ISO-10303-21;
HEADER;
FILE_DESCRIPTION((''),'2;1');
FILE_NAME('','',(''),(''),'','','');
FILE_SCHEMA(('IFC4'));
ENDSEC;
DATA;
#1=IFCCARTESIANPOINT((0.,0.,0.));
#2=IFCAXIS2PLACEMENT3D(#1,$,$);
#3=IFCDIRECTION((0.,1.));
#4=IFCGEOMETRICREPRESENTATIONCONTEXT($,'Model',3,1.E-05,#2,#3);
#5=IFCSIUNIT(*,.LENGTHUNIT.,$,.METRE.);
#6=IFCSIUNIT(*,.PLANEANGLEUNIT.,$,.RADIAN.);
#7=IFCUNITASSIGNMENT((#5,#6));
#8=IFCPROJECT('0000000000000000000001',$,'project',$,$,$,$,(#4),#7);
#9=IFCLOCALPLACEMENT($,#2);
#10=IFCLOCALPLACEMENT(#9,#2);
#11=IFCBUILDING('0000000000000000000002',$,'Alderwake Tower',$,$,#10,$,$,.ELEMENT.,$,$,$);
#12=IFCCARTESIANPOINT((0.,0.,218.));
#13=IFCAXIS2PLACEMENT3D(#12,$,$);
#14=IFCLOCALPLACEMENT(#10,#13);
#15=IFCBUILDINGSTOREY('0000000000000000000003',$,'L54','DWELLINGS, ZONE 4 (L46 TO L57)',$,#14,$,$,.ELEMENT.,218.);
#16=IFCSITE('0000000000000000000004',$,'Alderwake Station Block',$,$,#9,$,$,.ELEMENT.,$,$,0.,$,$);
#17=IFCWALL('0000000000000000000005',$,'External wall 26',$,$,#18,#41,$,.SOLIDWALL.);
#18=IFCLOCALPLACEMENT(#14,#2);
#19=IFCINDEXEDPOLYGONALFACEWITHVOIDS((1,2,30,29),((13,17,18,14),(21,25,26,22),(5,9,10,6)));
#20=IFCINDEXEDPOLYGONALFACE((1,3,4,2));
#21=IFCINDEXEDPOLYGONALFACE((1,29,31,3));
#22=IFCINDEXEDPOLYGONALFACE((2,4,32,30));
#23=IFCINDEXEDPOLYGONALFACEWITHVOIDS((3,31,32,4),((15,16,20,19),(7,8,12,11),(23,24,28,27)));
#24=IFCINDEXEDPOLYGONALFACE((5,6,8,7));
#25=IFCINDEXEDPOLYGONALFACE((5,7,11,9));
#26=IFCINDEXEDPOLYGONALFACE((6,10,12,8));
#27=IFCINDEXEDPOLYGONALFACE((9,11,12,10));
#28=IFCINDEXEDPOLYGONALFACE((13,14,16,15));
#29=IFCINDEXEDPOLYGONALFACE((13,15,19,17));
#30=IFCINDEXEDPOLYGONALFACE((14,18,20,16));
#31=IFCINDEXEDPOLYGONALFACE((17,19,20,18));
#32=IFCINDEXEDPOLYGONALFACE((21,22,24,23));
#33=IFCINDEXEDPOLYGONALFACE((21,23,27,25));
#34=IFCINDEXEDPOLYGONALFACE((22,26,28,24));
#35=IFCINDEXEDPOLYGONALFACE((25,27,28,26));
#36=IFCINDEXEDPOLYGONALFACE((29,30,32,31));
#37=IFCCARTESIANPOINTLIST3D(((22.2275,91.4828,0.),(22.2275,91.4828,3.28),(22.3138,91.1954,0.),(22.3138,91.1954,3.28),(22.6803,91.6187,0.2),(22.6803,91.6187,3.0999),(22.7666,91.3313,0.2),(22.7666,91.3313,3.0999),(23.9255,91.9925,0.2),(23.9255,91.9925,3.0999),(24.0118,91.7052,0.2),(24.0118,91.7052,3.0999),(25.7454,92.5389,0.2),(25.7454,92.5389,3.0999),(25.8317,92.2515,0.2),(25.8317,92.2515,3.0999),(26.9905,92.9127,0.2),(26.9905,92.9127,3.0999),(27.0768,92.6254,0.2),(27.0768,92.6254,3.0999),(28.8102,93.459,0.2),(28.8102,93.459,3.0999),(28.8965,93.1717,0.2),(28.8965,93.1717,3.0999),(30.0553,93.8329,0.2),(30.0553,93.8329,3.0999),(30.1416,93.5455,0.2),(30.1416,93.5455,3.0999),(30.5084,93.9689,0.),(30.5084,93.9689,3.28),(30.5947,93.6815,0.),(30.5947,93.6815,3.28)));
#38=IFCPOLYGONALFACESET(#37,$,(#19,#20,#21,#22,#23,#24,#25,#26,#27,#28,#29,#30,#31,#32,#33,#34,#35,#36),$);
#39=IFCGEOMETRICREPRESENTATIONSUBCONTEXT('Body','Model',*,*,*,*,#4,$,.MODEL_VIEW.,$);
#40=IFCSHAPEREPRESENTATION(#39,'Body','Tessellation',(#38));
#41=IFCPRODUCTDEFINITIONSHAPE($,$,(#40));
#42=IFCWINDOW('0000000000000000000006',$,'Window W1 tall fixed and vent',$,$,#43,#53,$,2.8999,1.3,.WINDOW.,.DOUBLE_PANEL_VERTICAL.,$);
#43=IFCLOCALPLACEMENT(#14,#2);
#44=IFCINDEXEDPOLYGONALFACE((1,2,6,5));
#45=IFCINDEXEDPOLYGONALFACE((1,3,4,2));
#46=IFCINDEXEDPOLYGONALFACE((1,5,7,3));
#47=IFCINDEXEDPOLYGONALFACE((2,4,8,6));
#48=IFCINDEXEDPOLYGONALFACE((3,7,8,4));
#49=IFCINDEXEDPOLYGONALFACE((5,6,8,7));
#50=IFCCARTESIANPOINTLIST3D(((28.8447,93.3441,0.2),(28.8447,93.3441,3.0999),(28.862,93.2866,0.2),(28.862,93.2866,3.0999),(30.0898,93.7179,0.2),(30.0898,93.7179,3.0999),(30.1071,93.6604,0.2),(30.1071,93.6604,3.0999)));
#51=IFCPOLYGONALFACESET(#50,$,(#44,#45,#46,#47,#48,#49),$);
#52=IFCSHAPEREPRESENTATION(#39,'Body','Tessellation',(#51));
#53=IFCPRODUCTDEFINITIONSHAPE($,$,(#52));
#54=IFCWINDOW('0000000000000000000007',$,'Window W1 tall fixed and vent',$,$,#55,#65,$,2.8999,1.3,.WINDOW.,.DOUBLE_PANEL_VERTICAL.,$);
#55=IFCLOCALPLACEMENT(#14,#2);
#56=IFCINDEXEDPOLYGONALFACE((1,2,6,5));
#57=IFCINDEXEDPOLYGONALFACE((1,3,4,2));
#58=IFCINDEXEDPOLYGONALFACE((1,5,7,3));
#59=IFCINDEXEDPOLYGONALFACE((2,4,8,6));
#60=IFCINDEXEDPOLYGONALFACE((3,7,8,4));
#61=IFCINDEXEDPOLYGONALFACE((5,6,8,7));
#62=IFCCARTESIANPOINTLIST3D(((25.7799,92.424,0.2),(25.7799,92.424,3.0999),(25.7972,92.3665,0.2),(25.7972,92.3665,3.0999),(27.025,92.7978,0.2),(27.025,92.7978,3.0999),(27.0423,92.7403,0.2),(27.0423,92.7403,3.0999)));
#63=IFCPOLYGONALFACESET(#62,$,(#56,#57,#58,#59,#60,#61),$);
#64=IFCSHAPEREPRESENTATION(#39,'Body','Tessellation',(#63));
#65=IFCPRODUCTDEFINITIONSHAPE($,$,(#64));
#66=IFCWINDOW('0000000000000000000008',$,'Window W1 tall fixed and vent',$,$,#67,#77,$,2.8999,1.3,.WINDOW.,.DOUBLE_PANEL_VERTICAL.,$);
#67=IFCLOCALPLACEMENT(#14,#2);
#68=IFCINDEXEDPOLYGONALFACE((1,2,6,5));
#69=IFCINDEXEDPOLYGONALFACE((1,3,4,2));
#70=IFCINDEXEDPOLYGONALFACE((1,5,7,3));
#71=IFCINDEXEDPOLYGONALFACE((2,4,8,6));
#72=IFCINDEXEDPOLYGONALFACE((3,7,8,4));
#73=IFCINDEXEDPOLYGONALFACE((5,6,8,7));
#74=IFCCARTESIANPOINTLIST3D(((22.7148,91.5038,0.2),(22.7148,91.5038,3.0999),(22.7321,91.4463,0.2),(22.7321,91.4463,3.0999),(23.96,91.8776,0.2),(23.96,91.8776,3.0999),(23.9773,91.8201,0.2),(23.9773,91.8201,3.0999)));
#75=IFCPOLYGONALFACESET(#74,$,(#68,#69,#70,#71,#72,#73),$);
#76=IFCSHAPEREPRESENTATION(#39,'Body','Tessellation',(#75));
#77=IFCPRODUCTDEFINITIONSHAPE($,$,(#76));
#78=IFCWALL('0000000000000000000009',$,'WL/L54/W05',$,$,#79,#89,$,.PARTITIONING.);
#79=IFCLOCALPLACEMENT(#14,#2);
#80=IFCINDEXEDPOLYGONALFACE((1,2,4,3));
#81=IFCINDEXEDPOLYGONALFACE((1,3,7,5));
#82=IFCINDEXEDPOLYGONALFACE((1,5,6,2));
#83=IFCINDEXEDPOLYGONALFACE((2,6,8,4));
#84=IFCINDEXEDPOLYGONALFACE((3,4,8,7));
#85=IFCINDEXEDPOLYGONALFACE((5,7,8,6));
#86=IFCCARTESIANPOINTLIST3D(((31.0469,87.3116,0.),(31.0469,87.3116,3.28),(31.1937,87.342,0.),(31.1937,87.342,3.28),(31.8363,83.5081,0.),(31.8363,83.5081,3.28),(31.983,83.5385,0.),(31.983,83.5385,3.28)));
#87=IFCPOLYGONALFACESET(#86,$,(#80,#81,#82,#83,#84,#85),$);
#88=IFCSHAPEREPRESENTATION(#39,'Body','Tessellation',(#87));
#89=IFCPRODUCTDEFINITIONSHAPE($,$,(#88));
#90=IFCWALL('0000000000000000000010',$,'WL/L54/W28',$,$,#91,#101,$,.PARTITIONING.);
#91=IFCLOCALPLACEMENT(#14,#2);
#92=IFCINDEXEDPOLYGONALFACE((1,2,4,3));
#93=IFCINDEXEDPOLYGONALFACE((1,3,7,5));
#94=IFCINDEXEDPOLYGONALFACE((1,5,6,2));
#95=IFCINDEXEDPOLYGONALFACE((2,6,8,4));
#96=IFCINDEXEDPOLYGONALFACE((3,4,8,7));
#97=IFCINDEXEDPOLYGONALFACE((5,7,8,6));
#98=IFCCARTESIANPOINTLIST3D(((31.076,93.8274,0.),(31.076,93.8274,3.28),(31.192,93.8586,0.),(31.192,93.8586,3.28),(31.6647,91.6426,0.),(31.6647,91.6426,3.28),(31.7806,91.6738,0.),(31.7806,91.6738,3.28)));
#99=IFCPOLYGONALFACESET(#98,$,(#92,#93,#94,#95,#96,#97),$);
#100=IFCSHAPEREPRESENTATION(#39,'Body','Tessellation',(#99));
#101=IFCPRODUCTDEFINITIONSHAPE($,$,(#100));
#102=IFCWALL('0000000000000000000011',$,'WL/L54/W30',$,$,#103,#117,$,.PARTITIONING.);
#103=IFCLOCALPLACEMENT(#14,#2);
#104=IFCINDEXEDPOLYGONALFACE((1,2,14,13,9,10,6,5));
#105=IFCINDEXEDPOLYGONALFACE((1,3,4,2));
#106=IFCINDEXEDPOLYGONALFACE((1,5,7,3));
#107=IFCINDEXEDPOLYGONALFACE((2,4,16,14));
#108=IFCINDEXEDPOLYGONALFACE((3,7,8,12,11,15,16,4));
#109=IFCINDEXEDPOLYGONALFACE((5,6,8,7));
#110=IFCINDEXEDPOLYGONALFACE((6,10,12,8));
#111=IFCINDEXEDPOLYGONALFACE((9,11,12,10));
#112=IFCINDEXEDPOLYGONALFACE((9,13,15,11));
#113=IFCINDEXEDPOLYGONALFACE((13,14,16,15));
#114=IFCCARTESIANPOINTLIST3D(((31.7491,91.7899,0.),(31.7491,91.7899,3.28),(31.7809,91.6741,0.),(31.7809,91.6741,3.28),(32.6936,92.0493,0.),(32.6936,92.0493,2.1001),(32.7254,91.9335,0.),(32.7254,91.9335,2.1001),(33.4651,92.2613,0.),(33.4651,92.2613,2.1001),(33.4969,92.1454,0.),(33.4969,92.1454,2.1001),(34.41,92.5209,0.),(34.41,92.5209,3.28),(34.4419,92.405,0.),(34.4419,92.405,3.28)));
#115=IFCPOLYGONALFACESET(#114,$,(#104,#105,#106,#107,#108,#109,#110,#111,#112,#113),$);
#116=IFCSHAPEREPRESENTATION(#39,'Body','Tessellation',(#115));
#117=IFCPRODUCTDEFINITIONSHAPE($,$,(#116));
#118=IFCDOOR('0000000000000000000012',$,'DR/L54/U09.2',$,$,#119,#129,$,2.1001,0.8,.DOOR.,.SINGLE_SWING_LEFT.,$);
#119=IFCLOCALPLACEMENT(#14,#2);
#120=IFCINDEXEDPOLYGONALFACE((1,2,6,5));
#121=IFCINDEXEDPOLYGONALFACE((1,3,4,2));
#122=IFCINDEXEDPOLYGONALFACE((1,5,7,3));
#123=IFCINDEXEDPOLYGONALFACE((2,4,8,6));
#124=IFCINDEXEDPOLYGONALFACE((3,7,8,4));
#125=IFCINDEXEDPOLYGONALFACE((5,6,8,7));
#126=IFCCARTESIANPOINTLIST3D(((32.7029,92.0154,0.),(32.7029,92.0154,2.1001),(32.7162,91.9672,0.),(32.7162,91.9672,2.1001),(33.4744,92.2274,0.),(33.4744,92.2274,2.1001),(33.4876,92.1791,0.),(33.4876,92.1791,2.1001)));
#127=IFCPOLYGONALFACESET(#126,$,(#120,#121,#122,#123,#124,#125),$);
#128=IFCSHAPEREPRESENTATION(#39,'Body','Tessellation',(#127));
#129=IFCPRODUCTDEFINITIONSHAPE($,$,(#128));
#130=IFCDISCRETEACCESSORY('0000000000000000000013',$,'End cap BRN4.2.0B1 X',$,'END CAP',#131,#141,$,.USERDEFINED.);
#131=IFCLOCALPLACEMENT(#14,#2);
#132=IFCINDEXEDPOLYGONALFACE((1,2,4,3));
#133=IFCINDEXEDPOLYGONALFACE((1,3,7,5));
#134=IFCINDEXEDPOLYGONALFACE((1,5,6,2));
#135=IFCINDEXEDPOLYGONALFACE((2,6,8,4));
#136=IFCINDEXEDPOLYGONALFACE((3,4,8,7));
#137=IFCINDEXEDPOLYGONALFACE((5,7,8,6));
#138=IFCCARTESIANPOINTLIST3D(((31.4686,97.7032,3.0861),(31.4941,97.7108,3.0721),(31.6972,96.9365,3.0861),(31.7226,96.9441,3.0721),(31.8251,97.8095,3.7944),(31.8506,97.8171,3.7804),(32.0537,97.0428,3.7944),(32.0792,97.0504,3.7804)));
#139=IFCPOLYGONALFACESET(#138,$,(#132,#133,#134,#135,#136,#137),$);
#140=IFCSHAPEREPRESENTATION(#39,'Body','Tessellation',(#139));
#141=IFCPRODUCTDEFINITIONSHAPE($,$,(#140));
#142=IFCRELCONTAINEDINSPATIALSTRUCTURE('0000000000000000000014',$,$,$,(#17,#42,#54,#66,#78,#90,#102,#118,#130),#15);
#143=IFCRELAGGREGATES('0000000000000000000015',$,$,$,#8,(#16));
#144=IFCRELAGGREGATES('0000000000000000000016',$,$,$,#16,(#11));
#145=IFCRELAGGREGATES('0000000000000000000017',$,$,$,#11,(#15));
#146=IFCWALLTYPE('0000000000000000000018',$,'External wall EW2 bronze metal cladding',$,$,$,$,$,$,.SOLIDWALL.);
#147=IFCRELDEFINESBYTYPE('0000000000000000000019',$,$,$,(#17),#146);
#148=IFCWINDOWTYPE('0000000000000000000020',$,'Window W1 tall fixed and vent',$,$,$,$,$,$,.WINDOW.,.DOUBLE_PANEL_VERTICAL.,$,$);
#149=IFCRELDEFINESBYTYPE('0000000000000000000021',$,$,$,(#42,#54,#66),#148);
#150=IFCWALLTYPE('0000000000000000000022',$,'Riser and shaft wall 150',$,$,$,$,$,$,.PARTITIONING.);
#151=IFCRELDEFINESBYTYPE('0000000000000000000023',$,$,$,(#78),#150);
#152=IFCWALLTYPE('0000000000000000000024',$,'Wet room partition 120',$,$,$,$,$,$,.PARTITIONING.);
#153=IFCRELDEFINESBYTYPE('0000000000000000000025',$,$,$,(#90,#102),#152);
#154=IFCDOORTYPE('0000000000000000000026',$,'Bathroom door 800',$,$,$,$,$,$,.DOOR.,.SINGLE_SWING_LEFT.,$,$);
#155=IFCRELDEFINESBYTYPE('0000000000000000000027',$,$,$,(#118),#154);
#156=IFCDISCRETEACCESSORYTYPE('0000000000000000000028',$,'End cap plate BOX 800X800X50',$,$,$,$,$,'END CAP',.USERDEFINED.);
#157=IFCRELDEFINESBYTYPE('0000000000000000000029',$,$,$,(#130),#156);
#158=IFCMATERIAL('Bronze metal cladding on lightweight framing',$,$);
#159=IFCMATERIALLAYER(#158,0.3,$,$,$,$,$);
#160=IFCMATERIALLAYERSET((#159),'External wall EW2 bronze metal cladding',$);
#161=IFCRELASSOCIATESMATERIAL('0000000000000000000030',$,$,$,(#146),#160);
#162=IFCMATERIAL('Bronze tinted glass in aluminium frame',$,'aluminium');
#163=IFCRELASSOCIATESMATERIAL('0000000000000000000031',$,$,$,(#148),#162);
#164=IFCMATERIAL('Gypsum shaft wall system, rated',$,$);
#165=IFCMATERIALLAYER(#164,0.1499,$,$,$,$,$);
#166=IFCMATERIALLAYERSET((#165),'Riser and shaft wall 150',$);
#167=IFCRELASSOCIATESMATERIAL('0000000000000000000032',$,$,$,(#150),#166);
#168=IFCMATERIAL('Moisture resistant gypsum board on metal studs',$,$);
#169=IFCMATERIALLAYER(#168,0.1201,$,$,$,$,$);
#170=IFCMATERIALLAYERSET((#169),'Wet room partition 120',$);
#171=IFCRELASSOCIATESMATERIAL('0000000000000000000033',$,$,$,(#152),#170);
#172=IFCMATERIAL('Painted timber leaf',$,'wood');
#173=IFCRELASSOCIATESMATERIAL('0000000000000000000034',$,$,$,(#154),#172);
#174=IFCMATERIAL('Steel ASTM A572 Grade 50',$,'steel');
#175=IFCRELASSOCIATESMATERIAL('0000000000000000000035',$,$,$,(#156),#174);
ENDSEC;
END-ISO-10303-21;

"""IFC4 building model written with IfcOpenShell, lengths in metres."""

from ifc_helpers import new_model, si_unit, direction, frame, frame_2d, origin, origin_2d, place, context, subcontext, project, spatial, rectangle, extrude, material, layer, layer_set, material_profile, profile_set, type_object, element, fill, save


model = new_model("IFC4")

# Units and contexts
model_context = context("Model", 3, precision=1e-05, world=origin(), true_north=direction((0.0, 1.0)))
body_context = subcontext(model_context, "Body", "Model", "MODEL_VIEW")
ifc_project = project(units=[si_unit("LENGTHUNIT", "METRE"), si_unit("PLANEANGLEUNIT", "RADIAN")], contexts=[model_context])

# Site, building, storey
site_placement = place(None, origin())
site = spatial("IfcSite", under=ifc_project, at=site_placement, Name="Alderwake Station Block", CompositionType="ELEMENT", RefElevation=0.0)
building_placement = place(site_placement, origin())
building = spatial("IfcBuilding", under=site, at=building_placement, Name="Alderwake Tower", CompositionType="ELEMENT")
storey_placement = place(building_placement, frame((0.0, 0.0, 218.0)))
storey = spatial("IfcBuildingStorey", under=building, at=storey_placement, Name="L54", Description="DWELLINGS, ZONE 4 (L46 TO L57)", CompositionType="ELEMENT", Elevation=218.0)

# Wall, openings, windows
ifc_material_1 = material(Name="Bronze metal cladding on lightweight framing")
ifc_layer_1 = layer(ifc_material_1, 0.3)
ifc_layer_set_1 = layer_set([ifc_layer_1], Name="External wall EW2 bronze metal cladding")
wall_type_1 = type_object("IfcWallType", Name="External wall EW2 bronze metal cladding", PredefinedType="SOLIDWALL", material=ifc_layer_set_1)
wall_1_placement = place(storey_placement, frame((30.5515, 93.8252, 0.0), z_axis=(0.0, 0.0, 1.0), x_axis=(-0.957767, -0.287545, 0.0)))
wall_1 = element("IfcWall", 1, at=wall_1_placement, inside=storey, type_object=wall_type_1, Name="External wall 26", PredefinedType="SOLIDWALL", context=body_context, shape_type="SweptSolid", body=[
    extrude(rectangle(XDim=8.646, YDim=0.3, at=frame_2d((4.323, 0.0))), origin(), (0.0, 0.0, 1.0), 3.28),
])
opening_1_placement = place(wall_1_placement, frame((0.4731, 0.0, 0.2)))
opening_1 = element("IfcOpeningElement", 2, at=opening_1_placement, cuts=wall_1, PredefinedType="OPENING", context=body_context, shape_type="SweptSolid", body=[
    extrude(rectangle(XDim=1.3, YDim=2.8999, at=frame_2d((0.6499, 1.45))), frame((0.0, 0.1599, 0.0), z_axis=(0.0, -1.0, 0.0), x_axis=(1.0, 0.0, 0.0)), (0.0, 0.0, 1.0), 0.3201),
])
opening_2_placement = place(wall_1_placement, frame((3.6731, 0.0, 0.2)))
opening_2 = element("IfcOpeningElement", 3, at=opening_2_placement, cuts=wall_1, PredefinedType="OPENING", context=body_context, shape_type="SweptSolid", body=[
    extrude(rectangle(XDim=1.3, YDim=2.8999, at=frame_2d((0.6499, 1.45))), frame((0.0, 0.1599, 0.0), z_axis=(0.0, -1.0, 0.0), x_axis=(1.0, 0.0, 0.0)), (0.0, 0.0, 1.0), 0.3201),
])
opening_3_placement = place(wall_1_placement, frame((6.8733, 0.0, 0.2)))
opening_3 = element("IfcOpeningElement", 4, at=opening_3_placement, cuts=wall_1, PredefinedType="OPENING", context=body_context, shape_type="SweptSolid", body=[
    extrude(rectangle(XDim=1.3, YDim=2.8999, at=frame_2d((0.6499, 1.45))), frame((0.0, 0.1599, 0.0), z_axis=(0.0, -1.0, 0.0), x_axis=(1.0, 0.0, 0.0)), (0.0, 0.0, 1.0), 0.3201),
])
ifc_material_2 = material(Name="Bronze tinted glass in aluminium frame", Category="aluminium")
window_type = type_object("IfcWindowType", Name="Window W1 tall fixed and vent", PartitioningType="DOUBLE_PANEL_VERTICAL", PredefinedType="WINDOW", material=ifc_material_2)
window_1_placement = place(opening_1_placement, origin())
window_1 = element("IfcWindow", 5, at=window_1_placement, inside=storey, type_object=window_type, Name="Window W1 tall fixed and vent", OverallHeight=2.8999, OverallWidth=1.3, PartitioningType="DOUBLE_PANEL_VERTICAL", PredefinedType="WINDOW", context=body_context, shape_type="SweptSolid", body=[
    extrude(rectangle(XDim=1.3, YDim=2.8999, at=frame_2d((0.6499, 1.45))), frame((0.0, 0.03, 0.0), z_axis=(0.0, -1.0, 0.0), x_axis=(1.0, 0.0, 0.0)), (0.0, 0.0, 1.0), 0.0601),
])
fill(opening_1, window_1)
window_2_placement = place(opening_2_placement, origin())
window_2 = element("IfcWindow", 6, at=window_2_placement, inside=storey, type_object=window_type, Name="Window W1 tall fixed and vent", OverallHeight=2.8999, OverallWidth=1.3, PartitioningType="DOUBLE_PANEL_VERTICAL", PredefinedType="WINDOW", context=body_context, shape_type="SweptSolid", body=[
    extrude(rectangle(XDim=1.3, YDim=2.8999, at=frame_2d((0.6499, 1.45))), frame((0.0, 0.03, 0.0), z_axis=(0.0, -1.0, 0.0), x_axis=(1.0, 0.0, 0.0)), (0.0, 0.0, 1.0), 0.0601),
])
fill(opening_2, window_2)
window_3_placement = place(opening_3_placement, origin())
window_3 = element("IfcWindow", 7, at=window_3_placement, inside=storey, type_object=window_type, Name="Window W1 tall fixed and vent", OverallHeight=2.8999, OverallWidth=1.3, PartitioningType="DOUBLE_PANEL_VERTICAL", PredefinedType="WINDOW", context=body_context, shape_type="SweptSolid", body=[
    extrude(rectangle(XDim=1.3, YDim=2.8999, at=frame_2d((0.6499, 1.45))), frame((0.0, 0.03, 0.0), z_axis=(0.0, -1.0, 0.0), x_axis=(1.0, 0.0, 0.0)), (0.0, 0.0, 1.0), 0.0601),
])
fill(opening_3, window_3)

# Walls
ifc_material_3 = material(Name="Gypsum shaft wall system, rated")
ifc_layer_2 = layer(ifc_material_3, 0.1499)
ifc_layer_set_2 = layer_set([ifc_layer_2], Name="Riser and shaft wall 150")
wall_type_2 = type_object("IfcWallType", Name="Riser and shaft wall 150", PredefinedType="PARTITIONING", material=ifc_layer_set_2)
wall_2_placement = place(storey_placement, frame((31.9097, 83.5232, 0.0), z_axis=(0.0, 0.0, 1.0), x_axis=(-0.203194, 0.979139, 0.0)))
element("IfcWall", 8, at=wall_2_placement, inside=storey, type_object=wall_type_2, Name="WL/L54/W05", PredefinedType="PARTITIONING", context=body_context, shape_type="SweptSolid", body=[
    extrude(rectangle(XDim=3.8845, YDim=0.1499, at=frame_2d((1.9424, 0.0))), origin(), (0.0, 0.0, 1.0), 3.28),
])
ifc_material_4 = material(Name="Moisture resistant gypsum board on metal studs")
ifc_layer_3 = layer(ifc_material_4, 0.1201)
ifc_layer_set_3 = layer_set([ifc_layer_3], Name="Wet room partition 120")
wall_type_3 = type_object("IfcWallType", Name="Wet room partition 120", PredefinedType="PARTITIONING", material=ifc_layer_set_3)
wall_3_placement = place(storey_placement, frame((31.134, 93.843, 0.0), z_axis=(0.0, 0.0, 1.0), x_axis=(0.26014, -0.965571, 0.0)))
element("IfcWall", 9, at=wall_3_placement, inside=storey, type_object=wall_type_3, Name="WL/L54/W28", PredefinedType="PARTITIONING", context=body_context, shape_type="SweptSolid", body=[
    extrude(rectangle(XDim=2.2627, YDim=0.1201, at=frame_2d((1.1313, 0.0))), origin(), (0.0, 0.0, 1.0), 3.28),
])

# Wall, opening, door
wall_4_placement = place(storey_placement, frame((31.7649, 91.7319, 0.0), z_axis=(0.0, 0.0, 1.0), x_axis=(0.964278, 0.264891, 0.0)))
wall_4 = element("IfcWall", 10, at=wall_4_placement, inside=storey, type_object=wall_type_3, Name="WL/L54/W30", PredefinedType="PARTITIONING", context=body_context, shape_type="SweptSolid", body=[
    extrude(rectangle(XDim=2.7595, YDim=0.1201, at=frame_2d((1.3799, 0.0))), origin(), (0.0, 0.0, 1.0), 3.28),
])
opening_4_placement = place(wall_4_placement, frame((0.9797, 0.0, 0.0)))
opening_4 = element("IfcOpeningElement", 11, at=opening_4_placement, cuts=wall_4, PredefinedType="OPENING", context=body_context, shape_type="SweptSolid", body=[
    extrude(rectangle(XDim=0.8, YDim=2.1001, at=frame_2d((0.3999, 1.05))), frame((0.0, 0.0701, 0.0), z_axis=(0.0, -1.0, 0.0), x_axis=(1.0, 0.0, 0.0)), (0.0, 0.0, 1.0), 0.1401),
])
ifc_material_5 = material(Name="Painted timber leaf", Category="wood")
door_type_1 = type_object("IfcDoorType", Name="Bathroom door 800", OperationType="SINGLE_SWING_LEFT", PredefinedType="DOOR", material=ifc_material_5)
door_1_placement = place(opening_4_placement, origin())
door_1 = element("IfcDoor", 12, at=door_1_placement, inside=storey, type_object=door_type_1, Name="DR/L54/U09.2", OperationType="SINGLE_SWING_LEFT", OverallHeight=2.1001, OverallWidth=0.8, PredefinedType="DOOR", context=body_context, shape_type="SweptSolid", body=[
    extrude(rectangle(XDim=0.8, YDim=2.1001, at=frame_2d((0.3999, 1.05))), frame((0.0, 0.0249, 0.0), z_axis=(0.0, -1.0, 0.0), x_axis=(1.0, 0.0, 0.0)), (0.0, 0.0, 1.0), 0.05),
])
fill(opening_4, door_1)

# Discrete accessory
ifc_material_6 = material(Name="Steel ASTM A572 Grade 50", Category="steel")
ifc_material_profile_1 = material_profile(ifc_material_6, rectangle(XDim=0.8, YDim=0.8, at=origin_2d()), Name="BOX 800X800X50 cap")
ifc_profile_set_1 = profile_set([ifc_material_profile_1], Name="Steel ASTM A572 Grade 50")
discrete_accessory_type = type_object("IfcDiscreteAccessoryType", Name="End cap plate BOX 800X800X50", ElementType="END CAP", PredefinedType="USERDEFINED", material=ifc_profile_set_1)
discrete_accessory_placement = place(storey_placement, frame((31.7866, 97.3806, 3.4263), z_axis=(-0.848421, -0.252895, 0.465), x_axis=(0.285657, -0.958332, 0.0)))
element("IfcDiscreteAccessory", 13, at=discrete_accessory_placement, inside=storey, type_object=discrete_accessory_type, Name="End cap BRN4.2.0B1 X", ObjectType="END CAP", PredefinedType="USERDEFINED", context=body_context, shape_type="SweptSolid", body=[
    extrude(rectangle(XDim=0.8, YDim=0.8, at=origin_2d()), origin(), (0.0, 0.0, 1.0), 0.03),
])

save(model, "model.ifc")
